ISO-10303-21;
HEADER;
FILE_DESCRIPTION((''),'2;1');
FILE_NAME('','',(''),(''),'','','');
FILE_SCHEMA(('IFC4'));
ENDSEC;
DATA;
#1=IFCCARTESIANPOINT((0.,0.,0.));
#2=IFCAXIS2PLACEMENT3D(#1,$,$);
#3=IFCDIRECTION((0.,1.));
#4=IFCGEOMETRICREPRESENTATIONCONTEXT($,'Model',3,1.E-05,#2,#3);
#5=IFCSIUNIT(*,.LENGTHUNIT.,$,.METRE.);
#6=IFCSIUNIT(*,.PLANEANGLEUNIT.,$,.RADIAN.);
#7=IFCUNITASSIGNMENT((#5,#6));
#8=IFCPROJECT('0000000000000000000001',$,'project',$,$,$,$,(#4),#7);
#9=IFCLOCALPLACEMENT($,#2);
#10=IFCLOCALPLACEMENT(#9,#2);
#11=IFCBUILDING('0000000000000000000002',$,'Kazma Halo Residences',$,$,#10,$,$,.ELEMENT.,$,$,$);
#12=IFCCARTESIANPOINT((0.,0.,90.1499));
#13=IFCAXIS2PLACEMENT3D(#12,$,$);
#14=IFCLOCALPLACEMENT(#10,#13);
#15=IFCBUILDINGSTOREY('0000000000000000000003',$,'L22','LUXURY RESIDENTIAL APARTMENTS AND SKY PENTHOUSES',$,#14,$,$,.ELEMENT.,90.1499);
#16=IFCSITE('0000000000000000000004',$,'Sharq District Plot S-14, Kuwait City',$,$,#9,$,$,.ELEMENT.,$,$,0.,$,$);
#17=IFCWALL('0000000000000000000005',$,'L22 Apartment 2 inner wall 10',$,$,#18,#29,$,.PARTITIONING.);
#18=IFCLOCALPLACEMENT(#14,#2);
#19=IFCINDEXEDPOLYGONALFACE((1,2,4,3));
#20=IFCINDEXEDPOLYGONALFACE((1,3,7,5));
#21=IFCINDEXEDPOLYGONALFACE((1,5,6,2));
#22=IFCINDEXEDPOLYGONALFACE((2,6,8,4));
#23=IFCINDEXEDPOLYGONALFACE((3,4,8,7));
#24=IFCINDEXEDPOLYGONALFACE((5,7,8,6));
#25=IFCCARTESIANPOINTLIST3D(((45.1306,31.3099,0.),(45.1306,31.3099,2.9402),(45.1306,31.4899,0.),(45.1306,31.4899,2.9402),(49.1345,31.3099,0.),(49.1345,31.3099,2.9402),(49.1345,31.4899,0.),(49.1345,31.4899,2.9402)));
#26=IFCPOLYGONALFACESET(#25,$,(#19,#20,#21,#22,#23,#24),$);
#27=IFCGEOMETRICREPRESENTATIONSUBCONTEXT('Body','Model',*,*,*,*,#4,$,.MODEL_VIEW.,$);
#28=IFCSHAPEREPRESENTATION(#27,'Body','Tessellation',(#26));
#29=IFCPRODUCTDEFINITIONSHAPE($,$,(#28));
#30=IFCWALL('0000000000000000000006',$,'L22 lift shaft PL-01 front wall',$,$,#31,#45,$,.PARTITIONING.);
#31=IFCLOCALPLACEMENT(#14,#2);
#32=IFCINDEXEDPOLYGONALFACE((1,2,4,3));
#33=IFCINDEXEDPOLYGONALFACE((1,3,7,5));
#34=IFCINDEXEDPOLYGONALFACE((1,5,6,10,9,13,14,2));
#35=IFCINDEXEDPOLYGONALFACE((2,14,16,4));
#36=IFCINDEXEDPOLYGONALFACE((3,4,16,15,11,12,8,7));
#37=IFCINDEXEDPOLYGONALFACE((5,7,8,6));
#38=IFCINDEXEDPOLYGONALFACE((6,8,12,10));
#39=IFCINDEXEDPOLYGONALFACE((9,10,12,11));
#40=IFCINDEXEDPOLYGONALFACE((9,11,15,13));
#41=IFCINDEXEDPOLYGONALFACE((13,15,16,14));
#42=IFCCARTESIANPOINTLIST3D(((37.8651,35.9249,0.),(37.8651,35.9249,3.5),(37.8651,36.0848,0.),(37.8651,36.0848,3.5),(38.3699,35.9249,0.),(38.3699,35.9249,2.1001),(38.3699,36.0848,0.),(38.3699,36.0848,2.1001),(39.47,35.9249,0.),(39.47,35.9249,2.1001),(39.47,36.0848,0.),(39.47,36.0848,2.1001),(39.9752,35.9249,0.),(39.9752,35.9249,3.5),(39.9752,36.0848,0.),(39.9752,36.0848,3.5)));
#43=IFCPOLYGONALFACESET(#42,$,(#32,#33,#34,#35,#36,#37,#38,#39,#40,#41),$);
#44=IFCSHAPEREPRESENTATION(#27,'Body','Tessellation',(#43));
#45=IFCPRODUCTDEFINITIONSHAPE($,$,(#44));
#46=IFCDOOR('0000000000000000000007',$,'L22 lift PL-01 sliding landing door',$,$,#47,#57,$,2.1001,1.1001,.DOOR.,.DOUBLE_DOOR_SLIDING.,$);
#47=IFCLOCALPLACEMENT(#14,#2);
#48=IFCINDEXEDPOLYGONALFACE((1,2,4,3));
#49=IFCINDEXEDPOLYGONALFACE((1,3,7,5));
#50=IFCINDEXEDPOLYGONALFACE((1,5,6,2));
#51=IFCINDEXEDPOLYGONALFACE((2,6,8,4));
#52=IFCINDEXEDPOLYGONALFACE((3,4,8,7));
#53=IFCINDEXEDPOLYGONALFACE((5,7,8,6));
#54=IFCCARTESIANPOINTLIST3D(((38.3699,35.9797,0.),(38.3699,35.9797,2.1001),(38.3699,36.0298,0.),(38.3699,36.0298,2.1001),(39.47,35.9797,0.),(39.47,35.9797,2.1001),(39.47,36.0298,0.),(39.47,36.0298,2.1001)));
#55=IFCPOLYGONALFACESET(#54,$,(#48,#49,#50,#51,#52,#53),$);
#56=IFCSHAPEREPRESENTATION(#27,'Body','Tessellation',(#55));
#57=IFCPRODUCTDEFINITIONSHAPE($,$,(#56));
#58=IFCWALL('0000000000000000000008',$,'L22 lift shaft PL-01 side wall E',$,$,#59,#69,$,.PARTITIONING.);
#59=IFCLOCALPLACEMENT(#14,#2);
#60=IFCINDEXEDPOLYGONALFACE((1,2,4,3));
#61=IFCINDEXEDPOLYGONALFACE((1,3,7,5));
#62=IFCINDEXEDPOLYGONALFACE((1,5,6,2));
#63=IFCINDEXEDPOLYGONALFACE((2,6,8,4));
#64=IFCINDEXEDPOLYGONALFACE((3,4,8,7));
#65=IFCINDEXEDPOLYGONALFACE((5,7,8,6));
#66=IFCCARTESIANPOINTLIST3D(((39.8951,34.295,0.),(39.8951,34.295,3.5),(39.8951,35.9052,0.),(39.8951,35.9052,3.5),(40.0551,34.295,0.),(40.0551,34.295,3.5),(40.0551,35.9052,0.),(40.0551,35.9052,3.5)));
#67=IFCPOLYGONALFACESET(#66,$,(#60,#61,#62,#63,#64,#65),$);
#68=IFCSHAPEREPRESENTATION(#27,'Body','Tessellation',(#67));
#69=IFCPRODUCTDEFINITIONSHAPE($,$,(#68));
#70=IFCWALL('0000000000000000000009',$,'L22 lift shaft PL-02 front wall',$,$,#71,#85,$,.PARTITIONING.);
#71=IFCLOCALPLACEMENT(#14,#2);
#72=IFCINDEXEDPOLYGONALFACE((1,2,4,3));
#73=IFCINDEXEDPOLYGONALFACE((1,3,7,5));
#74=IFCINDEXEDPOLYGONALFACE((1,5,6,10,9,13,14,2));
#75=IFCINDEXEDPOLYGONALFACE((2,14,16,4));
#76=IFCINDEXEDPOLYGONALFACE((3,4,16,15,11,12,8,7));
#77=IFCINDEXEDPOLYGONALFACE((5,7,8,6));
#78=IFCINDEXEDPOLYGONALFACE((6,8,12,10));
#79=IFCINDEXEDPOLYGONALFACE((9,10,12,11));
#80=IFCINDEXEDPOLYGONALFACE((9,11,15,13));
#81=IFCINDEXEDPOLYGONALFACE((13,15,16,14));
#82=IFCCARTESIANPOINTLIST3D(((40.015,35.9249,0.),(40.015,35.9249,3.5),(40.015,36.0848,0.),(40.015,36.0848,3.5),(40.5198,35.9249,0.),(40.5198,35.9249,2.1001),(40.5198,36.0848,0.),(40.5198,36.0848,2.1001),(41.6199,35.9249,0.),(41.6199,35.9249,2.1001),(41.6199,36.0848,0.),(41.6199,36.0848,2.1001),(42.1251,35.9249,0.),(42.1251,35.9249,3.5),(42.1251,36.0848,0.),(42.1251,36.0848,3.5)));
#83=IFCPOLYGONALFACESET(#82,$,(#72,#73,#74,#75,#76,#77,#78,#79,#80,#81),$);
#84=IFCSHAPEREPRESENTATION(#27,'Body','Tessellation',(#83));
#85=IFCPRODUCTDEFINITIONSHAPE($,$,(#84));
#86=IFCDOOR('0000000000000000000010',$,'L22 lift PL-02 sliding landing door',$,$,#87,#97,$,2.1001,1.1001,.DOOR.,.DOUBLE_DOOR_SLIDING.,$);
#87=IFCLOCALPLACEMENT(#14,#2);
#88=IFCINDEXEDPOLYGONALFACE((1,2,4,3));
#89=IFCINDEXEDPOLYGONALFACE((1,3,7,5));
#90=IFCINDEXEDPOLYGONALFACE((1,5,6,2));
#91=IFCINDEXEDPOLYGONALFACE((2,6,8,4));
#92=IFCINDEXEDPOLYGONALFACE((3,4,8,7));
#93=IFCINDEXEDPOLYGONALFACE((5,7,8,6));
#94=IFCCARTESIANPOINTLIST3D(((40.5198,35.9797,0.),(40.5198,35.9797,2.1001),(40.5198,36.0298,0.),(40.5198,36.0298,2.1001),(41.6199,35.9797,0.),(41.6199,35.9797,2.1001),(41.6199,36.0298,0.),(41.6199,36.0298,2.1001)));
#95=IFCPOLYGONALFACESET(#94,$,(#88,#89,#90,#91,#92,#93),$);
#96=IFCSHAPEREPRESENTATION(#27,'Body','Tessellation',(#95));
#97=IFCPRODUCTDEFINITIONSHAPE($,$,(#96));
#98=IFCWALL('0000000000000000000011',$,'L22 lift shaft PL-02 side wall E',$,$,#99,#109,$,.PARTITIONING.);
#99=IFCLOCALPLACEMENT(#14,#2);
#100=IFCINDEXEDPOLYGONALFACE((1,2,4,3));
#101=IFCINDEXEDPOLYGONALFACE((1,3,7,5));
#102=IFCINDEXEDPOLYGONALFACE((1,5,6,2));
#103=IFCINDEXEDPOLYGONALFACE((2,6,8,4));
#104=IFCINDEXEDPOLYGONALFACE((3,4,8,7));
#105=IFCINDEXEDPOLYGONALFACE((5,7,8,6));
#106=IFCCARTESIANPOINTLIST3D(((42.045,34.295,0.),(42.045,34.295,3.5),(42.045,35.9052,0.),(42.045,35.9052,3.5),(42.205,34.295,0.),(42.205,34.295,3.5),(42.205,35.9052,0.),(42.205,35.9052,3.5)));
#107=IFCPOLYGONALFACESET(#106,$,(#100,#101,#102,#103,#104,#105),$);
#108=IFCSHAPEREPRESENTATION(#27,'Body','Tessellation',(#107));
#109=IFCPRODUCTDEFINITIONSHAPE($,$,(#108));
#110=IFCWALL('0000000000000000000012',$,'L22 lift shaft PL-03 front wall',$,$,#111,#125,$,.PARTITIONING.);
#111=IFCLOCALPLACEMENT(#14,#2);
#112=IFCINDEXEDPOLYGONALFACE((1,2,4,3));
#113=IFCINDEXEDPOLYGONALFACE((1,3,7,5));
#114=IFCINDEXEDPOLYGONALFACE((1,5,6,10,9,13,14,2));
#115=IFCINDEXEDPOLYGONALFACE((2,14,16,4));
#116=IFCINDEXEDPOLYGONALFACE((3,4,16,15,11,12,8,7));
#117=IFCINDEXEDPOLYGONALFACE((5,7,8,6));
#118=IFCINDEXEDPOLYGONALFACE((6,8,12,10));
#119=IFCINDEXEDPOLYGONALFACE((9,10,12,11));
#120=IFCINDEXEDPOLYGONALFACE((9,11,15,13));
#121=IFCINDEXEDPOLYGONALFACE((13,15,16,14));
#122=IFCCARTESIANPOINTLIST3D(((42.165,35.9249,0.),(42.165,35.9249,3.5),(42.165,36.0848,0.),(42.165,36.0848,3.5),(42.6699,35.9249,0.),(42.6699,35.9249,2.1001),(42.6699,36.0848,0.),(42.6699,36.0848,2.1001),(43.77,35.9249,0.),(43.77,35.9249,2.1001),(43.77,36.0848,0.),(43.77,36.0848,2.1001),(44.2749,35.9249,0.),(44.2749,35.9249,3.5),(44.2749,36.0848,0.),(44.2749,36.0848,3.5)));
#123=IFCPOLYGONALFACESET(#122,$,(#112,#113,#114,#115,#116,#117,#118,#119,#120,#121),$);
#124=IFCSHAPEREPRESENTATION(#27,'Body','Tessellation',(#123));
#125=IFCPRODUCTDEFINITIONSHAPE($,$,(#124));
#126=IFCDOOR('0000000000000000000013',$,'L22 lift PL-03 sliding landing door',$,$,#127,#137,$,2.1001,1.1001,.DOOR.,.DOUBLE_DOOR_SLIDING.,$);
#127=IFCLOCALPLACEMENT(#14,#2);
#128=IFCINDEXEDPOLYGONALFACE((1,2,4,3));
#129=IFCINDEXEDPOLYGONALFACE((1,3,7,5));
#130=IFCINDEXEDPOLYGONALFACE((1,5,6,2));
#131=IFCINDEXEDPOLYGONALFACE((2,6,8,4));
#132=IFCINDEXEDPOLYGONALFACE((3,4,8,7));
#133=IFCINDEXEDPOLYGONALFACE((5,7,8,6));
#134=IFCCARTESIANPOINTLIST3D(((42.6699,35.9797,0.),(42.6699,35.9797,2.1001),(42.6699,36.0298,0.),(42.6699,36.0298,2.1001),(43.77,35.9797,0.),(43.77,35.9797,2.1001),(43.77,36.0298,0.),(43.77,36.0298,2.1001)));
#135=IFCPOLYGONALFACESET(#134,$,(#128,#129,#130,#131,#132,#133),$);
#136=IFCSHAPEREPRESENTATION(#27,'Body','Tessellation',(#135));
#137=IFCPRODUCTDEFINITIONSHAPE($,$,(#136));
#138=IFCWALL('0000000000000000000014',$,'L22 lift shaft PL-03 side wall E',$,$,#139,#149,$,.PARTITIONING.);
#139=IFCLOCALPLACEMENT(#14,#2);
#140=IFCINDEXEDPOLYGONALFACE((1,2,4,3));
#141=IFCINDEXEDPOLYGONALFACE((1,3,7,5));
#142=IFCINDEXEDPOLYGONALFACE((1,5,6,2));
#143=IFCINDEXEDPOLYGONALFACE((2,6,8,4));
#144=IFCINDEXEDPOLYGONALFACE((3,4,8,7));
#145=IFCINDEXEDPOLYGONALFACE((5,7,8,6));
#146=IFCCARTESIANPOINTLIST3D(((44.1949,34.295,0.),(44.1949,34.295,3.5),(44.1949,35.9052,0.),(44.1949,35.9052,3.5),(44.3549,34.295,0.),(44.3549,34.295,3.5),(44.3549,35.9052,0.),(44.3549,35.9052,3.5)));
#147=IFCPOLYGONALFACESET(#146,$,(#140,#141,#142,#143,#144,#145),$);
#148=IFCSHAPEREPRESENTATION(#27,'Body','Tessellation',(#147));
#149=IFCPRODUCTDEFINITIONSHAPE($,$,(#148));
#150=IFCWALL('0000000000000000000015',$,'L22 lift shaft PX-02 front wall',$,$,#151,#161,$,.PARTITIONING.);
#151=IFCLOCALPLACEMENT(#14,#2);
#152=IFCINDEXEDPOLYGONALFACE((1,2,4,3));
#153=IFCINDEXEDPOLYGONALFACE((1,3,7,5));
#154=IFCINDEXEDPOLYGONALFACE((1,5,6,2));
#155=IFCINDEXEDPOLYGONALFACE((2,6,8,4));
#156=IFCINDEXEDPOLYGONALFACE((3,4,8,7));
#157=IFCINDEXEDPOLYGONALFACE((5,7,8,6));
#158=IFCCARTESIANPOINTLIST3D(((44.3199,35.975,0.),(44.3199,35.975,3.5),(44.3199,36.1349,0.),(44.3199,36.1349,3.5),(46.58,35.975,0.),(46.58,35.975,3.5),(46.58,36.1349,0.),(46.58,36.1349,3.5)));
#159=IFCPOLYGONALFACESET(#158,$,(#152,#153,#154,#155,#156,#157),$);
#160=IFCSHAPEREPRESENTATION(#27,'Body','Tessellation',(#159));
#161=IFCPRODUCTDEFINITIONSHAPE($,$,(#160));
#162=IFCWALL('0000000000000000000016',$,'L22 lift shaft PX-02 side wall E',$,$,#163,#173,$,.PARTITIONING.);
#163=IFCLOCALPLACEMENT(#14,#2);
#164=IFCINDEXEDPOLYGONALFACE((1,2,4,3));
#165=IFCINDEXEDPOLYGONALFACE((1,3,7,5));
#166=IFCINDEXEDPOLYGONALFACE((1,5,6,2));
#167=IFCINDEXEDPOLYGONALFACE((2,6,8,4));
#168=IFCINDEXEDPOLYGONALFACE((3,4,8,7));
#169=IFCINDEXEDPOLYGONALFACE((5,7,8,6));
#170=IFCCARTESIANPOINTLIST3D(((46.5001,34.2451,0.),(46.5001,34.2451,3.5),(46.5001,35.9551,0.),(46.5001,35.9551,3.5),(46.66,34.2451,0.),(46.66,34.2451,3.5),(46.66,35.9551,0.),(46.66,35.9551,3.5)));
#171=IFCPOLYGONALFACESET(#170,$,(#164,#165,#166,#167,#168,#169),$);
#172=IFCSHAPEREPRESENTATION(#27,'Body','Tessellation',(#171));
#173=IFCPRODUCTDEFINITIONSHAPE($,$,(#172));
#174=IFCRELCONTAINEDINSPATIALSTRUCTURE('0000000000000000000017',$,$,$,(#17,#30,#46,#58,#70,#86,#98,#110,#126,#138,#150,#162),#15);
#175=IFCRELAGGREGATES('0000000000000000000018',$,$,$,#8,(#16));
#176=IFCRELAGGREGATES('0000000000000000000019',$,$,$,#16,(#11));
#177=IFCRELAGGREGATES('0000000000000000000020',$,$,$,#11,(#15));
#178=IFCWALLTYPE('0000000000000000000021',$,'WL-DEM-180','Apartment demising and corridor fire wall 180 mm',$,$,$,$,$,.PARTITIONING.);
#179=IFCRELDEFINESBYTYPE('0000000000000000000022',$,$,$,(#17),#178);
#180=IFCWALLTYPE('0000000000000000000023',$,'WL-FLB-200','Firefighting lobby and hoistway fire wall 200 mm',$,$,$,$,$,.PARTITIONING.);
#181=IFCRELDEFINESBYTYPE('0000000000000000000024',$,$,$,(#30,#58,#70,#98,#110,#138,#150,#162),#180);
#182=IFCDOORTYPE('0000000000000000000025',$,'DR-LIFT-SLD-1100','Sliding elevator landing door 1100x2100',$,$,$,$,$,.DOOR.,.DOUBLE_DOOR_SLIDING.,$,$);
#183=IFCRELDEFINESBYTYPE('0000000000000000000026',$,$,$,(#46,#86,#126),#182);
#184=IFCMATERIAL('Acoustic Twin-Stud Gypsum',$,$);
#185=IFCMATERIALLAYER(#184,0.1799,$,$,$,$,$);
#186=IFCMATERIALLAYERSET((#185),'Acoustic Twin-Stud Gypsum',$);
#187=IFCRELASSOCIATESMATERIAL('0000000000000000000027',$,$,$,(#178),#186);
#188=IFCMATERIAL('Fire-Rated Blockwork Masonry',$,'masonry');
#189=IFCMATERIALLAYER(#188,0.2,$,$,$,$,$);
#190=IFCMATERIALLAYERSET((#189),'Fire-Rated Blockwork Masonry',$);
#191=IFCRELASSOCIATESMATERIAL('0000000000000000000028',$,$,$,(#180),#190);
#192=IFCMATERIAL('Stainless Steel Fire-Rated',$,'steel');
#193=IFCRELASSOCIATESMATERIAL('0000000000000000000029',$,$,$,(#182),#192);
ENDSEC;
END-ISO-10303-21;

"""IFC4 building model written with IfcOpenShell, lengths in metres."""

from ifc_helpers import new_model, si_unit, direction, frame, frame_2d, origin, place, context, subcontext, project, spatial, rectangle, extrude, material, layer, layer_set, type_object, element, fill, save


model = new_model("IFC4")

# Units and contexts
model_context = context("Model", 3, precision=1e-05, world=origin(), true_north=direction((0.0, 1.0)))
body_context = subcontext(model_context, "Body", "Model", "MODEL_VIEW")
ifc_project = project(units=[si_unit("LENGTHUNIT", "METRE"), si_unit("PLANEANGLEUNIT", "RADIAN")], contexts=[model_context])

# Site, building, storey
site_placement = place(None, origin())
site = spatial("IfcSite", under=ifc_project, at=site_placement, Name="Sharq District Plot S-14, Kuwait City", CompositionType="ELEMENT", RefElevation=0.0)
building_placement = place(site_placement, origin())
building = spatial("IfcBuilding", under=site, at=building_placement, Name="Kazma Halo Residences", CompositionType="ELEMENT")
storey_placement = place(building_placement, frame((0.0, 0.0, 90.1499)))
storey = spatial("IfcBuildingStorey", under=building, at=storey_placement, Name="L22", Description="LUXURY RESIDENTIAL APARTMENTS AND SKY PENTHOUSES", CompositionType="ELEMENT", Elevation=90.1499)

# Wall
ifc_material_1 = material(Name="Acoustic Twin-Stud Gypsum")
ifc_layer_1 = layer(ifc_material_1, 0.1799)
ifc_layer_set_1 = layer_set([ifc_layer_1], Name="Acoustic Twin-Stud Gypsum")
wall_type_1 = type_object("IfcWallType", Name="WL-DEM-180", Description="Apartment demising and corridor fire wall 180 mm", PredefinedType="PARTITIONING", material=ifc_layer_set_1)
wall_1_placement = place(storey_placement, frame((45.1306, 31.3999, 0.0), z_axis=(0.0, 0.0, 1.0), x_axis=(1.0, 0.0, 0.0)))
element("IfcWall", 1, at=wall_1_placement, inside=storey, type_object=wall_type_1, Name="L22 Apartment 2 inner wall 10", PredefinedType="PARTITIONING", context=body_context, shape_type="SweptSolid", body=[
    extrude(rectangle(XDim=4.0039, YDim=0.1799, at=frame_2d((2.002, 0.0))), origin(), (0.0, 0.0, 1.0), 2.9402),
])

# Wall, opening, door
ifc_material_2 = material(Name="Fire-Rated Blockwork Masonry", Category="masonry")
ifc_layer_2 = layer(ifc_material_2, 0.2)
ifc_layer_set_2 = layer_set([ifc_layer_2], Name="Fire-Rated Blockwork Masonry")
wall_type_2 = type_object("IfcWallType", Name="WL-FLB-200", Description="Firefighting lobby and hoistway fire wall 200 mm", PredefinedType="PARTITIONING", material=ifc_layer_set_2)
wall_2_placement = place(storey_placement, frame((37.865, 36.0049, 0.0), z_axis=(0.0, 0.0, 1.0), x_axis=(1.0, 0.0, 0.0)))
wall_2 = element("IfcWall", 2, at=wall_2_placement, inside=storey, type_object=wall_type_2, Name="L22 lift shaft PL-01 front wall", PredefinedType="PARTITIONING", context=body_context, shape_type="SweptSolid", body=[
    extrude(rectangle(XDim=2.1101, YDim=0.1599, at=frame_2d((1.0552, 0.0))), origin(), (0.0, 0.0, 1.0), 3.5),
])
opening_1_placement = place(wall_2_placement, frame((0.5049, 0.0, 0.0)))
opening_1 = element("IfcOpeningElement", 3, at=opening_1_placement, cuts=wall_2, PredefinedType="OPENING", context=body_context, shape_type="SweptSolid", body=[
    extrude(rectangle(XDim=1.1001, YDim=2.1001, at=frame_2d((0.55, 1.05))), frame((0.0, 0.0898, 0.0), z_axis=(0.0, -1.0, 0.0), x_axis=(1.0, 0.0, 0.0)), (0.0, 0.0, 1.0), 0.1799),
])
ifc_material_3 = material(Name="Stainless Steel Fire-Rated", Category="steel")
door_type_1 = type_object("IfcDoorType", Name="DR-LIFT-SLD-1100", Description="Sliding elevator landing door 1100x2100", OperationType="DOUBLE_DOOR_SLIDING", PredefinedType="DOOR", material=ifc_material_3)
door_1_placement = place(opening_1_placement, origin())
door_1 = element("IfcDoor", 4, at=door_1_placement, inside=storey, type_object=door_type_1, Name="L22 lift PL-01 sliding landing door", OperationType="DOUBLE_DOOR_SLIDING", OverallHeight=2.1001, OverallWidth=1.1001, PredefinedType="DOOR", context=body_context, shape_type="SweptSolid", body=[
    extrude(rectangle(XDim=1.1001, YDim=2.1001, at=frame_2d((0.55, 1.05))), frame((0.0, 0.0249, 0.0), z_axis=(0.0, -1.0, 0.0), x_axis=(1.0, 0.0, 0.0)), (0.0, 0.0, 1.0), 0.05),
])
fill(opening_1, door_1)

# Wall
wall_3_placement = place(storey_placement, frame((39.9751, 34.2949, 0.0), z_axis=(0.0, 0.0, 1.0), x_axis=(0.0, 1.0, 0.0)))
element("IfcWall", 5, at=wall_3_placement, inside=storey, type_object=wall_type_2, Name="L22 lift shaft PL-01 side wall E", PredefinedType="PARTITIONING", context=body_context, shape_type="SweptSolid", body=[
    extrude(rectangle(XDim=1.6101, YDim=0.1599, at=frame_2d((0.8052, 0.0))), origin(), (0.0, 0.0, 1.0), 3.5),
])

# Wall, opening, door
wall_4_placement = place(storey_placement, frame((40.0149, 36.0049, 0.0), z_axis=(0.0, 0.0, 1.0), x_axis=(1.0, 0.0, 0.0)))
wall_4 = element("IfcWall", 6, at=wall_4_placement, inside=storey, type_object=wall_type_2, Name="L22 lift shaft PL-02 front wall", PredefinedType="PARTITIONING", context=body_context, shape_type="SweptSolid", body=[
    extrude(rectangle(XDim=2.1101, YDim=0.1599, at=frame_2d((1.0552, 0.0))), origin(), (0.0, 0.0, 1.0), 3.5),
])
opening_2_placement = place(wall_4_placement, frame((0.5049, 0.0, 0.0)))
opening_2 = element("IfcOpeningElement", 7, at=opening_2_placement, cuts=wall_4, PredefinedType="OPENING", context=body_context, shape_type="SweptSolid", body=[
    extrude(rectangle(XDim=1.1001, YDim=2.1001, at=frame_2d((0.55, 1.05))), frame((0.0, 0.0898, 0.0), z_axis=(0.0, -1.0, 0.0), x_axis=(1.0, 0.0, 0.0)), (0.0, 0.0, 1.0), 0.1799),
])
door_2_placement = place(opening_2_placement, origin())
door_2 = element("IfcDoor", 8, at=door_2_placement, inside=storey, type_object=door_type_1, Name="L22 lift PL-02 sliding landing door", OperationType="DOUBLE_DOOR_SLIDING", OverallHeight=2.1001, OverallWidth=1.1001, PredefinedType="DOOR", context=body_context, shape_type="SweptSolid", body=[
    extrude(rectangle(XDim=1.1001, YDim=2.1001, at=frame_2d((0.55, 1.05))), frame((0.0, 0.0249, 0.0), z_axis=(0.0, -1.0, 0.0), x_axis=(1.0, 0.0, 0.0)), (0.0, 0.0, 1.0), 0.05),
])
fill(opening_2, door_2)

# Wall
wall_5_placement = place(storey_placement, frame((42.125, 34.2949, 0.0), z_axis=(0.0, 0.0, 1.0), x_axis=(0.0, 1.0, 0.0)))
element("IfcWall", 9, at=wall_5_placement, inside=storey, type_object=wall_type_2, Name="L22 lift shaft PL-02 side wall E", PredefinedType="PARTITIONING", context=body_context, shape_type="SweptSolid", body=[
    extrude(rectangle(XDim=1.6101, YDim=0.1599, at=frame_2d((0.8052, 0.0))), origin(), (0.0, 0.0, 1.0), 3.5),
])

# Wall, opening, door
wall_6_placement = place(storey_placement, frame((42.165, 36.0049, 0.0), z_axis=(0.0, 0.0, 1.0), x_axis=(1.0, 0.0, 0.0)))
wall_6 = element("IfcWall", 10, at=wall_6_placement, inside=storey, type_object=wall_type_2, Name="L22 lift shaft PL-03 front wall", PredefinedType="PARTITIONING", context=body_context, shape_type="SweptSolid", body=[
    extrude(rectangle(XDim=2.1099, YDim=0.1599, at=frame_2d((1.0549, 0.0))), origin(), (0.0, 0.0, 1.0), 3.5),
])
opening_3_placement = place(wall_6_placement, frame((0.5049, 0.0, 0.0)))
opening_3 = element("IfcOpeningElement", 11, at=opening_3_placement, cuts=wall_6, PredefinedType="OPENING", context=body_context, shape_type="SweptSolid", body=[
    extrude(rectangle(XDim=1.1001, YDim=2.1001, at=frame_2d((0.55, 1.05))), frame((0.0, 0.0898, 0.0), z_axis=(0.0, -1.0, 0.0), x_axis=(1.0, 0.0, 0.0)), (0.0, 0.0, 1.0), 0.1799),
])
door_3_placement = place(opening_3_placement, origin())
door_3 = element("IfcDoor", 12, at=door_3_placement, inside=storey, type_object=door_type_1, Name="L22 lift PL-03 sliding landing door", OperationType="DOUBLE_DOOR_SLIDING", OverallHeight=2.1001, OverallWidth=1.1001, PredefinedType="DOOR", context=body_context, shape_type="SweptSolid", body=[
    extrude(rectangle(XDim=1.1001, YDim=2.1001, at=frame_2d((0.55, 1.05))), frame((0.0, 0.0249, 0.0), z_axis=(0.0, -1.0, 0.0), x_axis=(1.0, 0.0, 0.0)), (0.0, 0.0, 1.0), 0.05),
])
fill(opening_3, door_3)

# Walls
wall_7_placement = place(storey_placement, frame((44.2749, 34.2949, 0.0), z_axis=(0.0, 0.0, 1.0), x_axis=(0.0, 1.0, 0.0)))
element("IfcWall", 13, at=wall_7_placement, inside=storey, type_object=wall_type_2, Name="L22 lift shaft PL-03 side wall E", PredefinedType="PARTITIONING", context=body_context, shape_type="SweptSolid", body=[
    extrude(rectangle(XDim=1.6101, YDim=0.1599, at=frame_2d((0.8052, 0.0))), origin(), (0.0, 0.0, 1.0), 3.5),
])
wall_8_placement = place(storey_placement, frame((44.3201, 36.0549, 0.0), z_axis=(0.0, 0.0, 1.0), x_axis=(1.0, 0.0, 0.0)))
element("IfcWall", 14, at=wall_8_placement, inside=storey, type_object=wall_type_2, Name="L22 lift shaft PX-02 front wall", PredefinedType="PARTITIONING", context=body_context, shape_type="SweptSolid", body=[
    extrude(rectangle(XDim=2.26, YDim=0.1599, at=frame_2d((1.1299, 0.0))), origin(), (0.0, 0.0, 1.0), 3.5),
])
wall_9_placement = place(storey_placement, frame((46.5801, 34.2451, 0.0), z_axis=(0.0, 0.0, 1.0), x_axis=(0.0, 1.0, 0.0)))
element("IfcWall", 15, at=wall_9_placement, inside=storey, type_object=wall_type_2, Name="L22 lift shaft PX-02 side wall E", PredefinedType="PARTITIONING", context=body_context, shape_type="SweptSolid", body=[
    extrude(rectangle(XDim=1.71, YDim=0.1599, at=frame_2d((0.855, 0.0))), origin(), (0.0, 0.0, 1.0), 3.5),
])

save(model, "model.ifc")
